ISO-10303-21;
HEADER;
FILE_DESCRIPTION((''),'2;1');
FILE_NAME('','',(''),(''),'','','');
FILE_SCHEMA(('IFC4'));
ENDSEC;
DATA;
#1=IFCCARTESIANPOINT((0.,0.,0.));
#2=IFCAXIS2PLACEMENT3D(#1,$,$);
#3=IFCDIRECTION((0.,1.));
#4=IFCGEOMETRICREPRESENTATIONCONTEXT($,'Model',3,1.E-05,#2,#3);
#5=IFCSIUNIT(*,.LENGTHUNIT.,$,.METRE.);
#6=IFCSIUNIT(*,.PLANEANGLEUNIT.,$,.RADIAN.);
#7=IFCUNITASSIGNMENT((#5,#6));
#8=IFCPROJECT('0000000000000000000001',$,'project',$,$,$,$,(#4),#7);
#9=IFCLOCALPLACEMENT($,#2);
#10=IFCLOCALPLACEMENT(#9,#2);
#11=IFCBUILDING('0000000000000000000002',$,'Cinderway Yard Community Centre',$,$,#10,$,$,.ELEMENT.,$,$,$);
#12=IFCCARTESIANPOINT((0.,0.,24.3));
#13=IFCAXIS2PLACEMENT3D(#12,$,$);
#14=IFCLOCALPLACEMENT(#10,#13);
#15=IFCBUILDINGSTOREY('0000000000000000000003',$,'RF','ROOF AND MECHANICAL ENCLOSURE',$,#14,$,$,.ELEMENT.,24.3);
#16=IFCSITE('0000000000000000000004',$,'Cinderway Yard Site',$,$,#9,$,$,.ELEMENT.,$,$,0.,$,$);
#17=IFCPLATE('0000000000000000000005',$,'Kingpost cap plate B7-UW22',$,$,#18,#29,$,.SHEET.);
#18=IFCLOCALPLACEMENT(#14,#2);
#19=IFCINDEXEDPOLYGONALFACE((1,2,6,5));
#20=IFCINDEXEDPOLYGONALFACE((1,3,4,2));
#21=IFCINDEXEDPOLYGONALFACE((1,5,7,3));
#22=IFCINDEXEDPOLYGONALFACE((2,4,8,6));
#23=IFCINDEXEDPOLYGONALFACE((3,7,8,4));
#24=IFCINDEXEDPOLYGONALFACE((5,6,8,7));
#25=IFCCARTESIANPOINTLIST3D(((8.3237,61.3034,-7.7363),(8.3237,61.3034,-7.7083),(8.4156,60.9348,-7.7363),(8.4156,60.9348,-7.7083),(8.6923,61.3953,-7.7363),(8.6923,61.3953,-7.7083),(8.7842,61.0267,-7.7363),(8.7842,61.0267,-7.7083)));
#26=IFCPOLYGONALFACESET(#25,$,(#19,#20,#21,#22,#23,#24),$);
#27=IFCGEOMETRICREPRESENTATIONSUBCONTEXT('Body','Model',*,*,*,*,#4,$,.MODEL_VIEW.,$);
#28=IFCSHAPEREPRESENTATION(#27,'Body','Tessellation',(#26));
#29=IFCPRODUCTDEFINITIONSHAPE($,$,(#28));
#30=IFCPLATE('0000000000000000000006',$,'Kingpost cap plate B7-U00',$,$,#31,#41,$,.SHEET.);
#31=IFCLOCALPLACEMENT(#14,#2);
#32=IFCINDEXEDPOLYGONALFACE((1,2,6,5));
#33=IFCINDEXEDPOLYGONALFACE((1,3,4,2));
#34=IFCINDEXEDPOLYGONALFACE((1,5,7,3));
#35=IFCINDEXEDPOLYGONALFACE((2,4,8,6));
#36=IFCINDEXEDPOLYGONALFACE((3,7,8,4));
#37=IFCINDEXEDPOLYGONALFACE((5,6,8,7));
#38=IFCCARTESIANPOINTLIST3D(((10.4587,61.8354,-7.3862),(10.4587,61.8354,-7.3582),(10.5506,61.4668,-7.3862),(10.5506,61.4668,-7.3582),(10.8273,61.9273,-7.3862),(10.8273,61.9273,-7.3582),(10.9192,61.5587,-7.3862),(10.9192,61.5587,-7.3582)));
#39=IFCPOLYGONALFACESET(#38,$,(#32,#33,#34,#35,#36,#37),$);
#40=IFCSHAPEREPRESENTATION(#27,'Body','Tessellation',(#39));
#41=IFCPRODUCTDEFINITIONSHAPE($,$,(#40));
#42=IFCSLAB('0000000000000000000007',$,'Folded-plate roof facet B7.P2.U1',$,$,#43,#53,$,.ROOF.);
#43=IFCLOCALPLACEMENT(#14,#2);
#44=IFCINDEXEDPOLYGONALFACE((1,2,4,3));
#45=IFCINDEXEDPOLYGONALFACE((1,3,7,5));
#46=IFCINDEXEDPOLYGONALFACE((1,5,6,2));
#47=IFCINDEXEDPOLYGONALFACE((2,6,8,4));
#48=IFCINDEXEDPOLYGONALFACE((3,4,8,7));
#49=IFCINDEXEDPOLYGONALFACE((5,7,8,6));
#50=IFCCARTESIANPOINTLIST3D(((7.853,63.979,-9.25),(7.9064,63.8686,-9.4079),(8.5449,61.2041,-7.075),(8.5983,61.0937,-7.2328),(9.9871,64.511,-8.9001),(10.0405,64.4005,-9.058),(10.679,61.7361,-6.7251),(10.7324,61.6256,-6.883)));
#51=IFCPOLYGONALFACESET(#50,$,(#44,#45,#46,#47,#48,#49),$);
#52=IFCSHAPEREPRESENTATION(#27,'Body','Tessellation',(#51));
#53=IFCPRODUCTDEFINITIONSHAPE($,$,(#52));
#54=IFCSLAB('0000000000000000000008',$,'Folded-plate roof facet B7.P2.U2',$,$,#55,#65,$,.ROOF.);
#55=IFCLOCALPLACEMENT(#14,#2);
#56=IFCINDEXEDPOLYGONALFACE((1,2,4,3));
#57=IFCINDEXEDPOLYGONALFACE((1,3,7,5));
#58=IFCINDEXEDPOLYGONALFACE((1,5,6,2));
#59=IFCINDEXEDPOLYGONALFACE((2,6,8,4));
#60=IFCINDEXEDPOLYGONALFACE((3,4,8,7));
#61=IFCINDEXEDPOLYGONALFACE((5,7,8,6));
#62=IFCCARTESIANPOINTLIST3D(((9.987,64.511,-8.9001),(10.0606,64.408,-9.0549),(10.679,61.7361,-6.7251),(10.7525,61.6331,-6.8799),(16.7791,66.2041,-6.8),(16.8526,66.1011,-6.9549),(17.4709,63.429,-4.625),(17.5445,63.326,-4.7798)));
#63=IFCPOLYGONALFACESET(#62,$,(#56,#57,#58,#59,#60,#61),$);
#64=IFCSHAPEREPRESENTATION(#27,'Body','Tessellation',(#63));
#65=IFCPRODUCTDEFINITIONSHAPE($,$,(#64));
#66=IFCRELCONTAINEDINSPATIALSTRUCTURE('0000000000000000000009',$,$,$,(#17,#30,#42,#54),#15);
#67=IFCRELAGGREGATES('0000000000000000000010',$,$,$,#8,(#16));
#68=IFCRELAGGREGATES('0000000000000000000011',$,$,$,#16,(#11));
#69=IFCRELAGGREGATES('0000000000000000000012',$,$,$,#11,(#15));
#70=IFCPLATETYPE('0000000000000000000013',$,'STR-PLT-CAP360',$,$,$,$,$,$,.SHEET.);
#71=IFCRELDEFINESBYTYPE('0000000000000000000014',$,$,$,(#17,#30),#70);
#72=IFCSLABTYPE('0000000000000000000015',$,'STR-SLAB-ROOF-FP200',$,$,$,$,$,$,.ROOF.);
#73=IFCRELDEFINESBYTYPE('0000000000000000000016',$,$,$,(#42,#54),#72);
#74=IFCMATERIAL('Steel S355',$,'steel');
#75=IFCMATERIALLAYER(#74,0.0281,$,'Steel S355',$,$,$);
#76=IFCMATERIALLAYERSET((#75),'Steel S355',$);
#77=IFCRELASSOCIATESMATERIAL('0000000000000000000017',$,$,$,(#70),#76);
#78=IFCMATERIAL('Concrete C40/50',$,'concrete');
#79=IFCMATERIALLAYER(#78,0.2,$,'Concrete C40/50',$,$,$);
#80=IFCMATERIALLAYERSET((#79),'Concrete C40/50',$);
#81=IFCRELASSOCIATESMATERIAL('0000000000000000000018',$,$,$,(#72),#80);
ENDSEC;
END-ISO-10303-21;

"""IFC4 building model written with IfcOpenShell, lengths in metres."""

from ifc_helpers import new_model, si_unit, direction, frame, origin, origin_2d, place, context, subcontext, project, spatial, polyline, rectangle, outline, extrude, material, layer, layer_set, type_object, element, save


model = new_model("IFC4")

# Units and contexts
model_context = context("Model", 3, precision=1e-05, world=origin(), true_north=direction((0.0, 1.0)))
body_context = subcontext(model_context, "Body", "Model", "MODEL_VIEW")
ifc_project = project(units=[si_unit("LENGTHUNIT", "METRE"), si_unit("PLANEANGLEUNIT", "RADIAN")], contexts=[model_context])

# Site, building, storey
site_placement = place(None, origin())
site = spatial("IfcSite", under=ifc_project, at=site_placement, Name="Cinderway Yard Site", CompositionType="ELEMENT", RefElevation=0.0)
building_placement = place(site_placement, origin())
building = spatial("IfcBuilding", under=site, at=building_placement, Name="Cinderway Yard Community Centre", CompositionType="ELEMENT")
storey_placement = place(building_placement, frame((0.0, 0.0, 24.3)))
storey = spatial("IfcBuildingStorey", under=building, at=storey_placement, Name="RF", Description="ROOF AND MECHANICAL ENCLOSURE", CompositionType="ELEMENT", Elevation=24.3)

# Shared definitions
ifc_material_1 = material(Name="Steel S355", Category="steel")

# Shared definitions
ifc_material_2 = material(Name="Concrete C40/50", Category="concrete")

# Plates
ifc_layer_1 = layer(ifc_material_1, 0.0281, Name="Steel S355")
ifc_layer_set_1 = layer_set([ifc_layer_1], Name="Steel S355")
plate_type_1 = type_object("IfcPlateType", Name="STR-PLT-CAP360", PredefinedType="SHEET", material=ifc_layer_set_1)
for number, where, z_axis, x_axis, name in (
    (1, (8.554, 61.165, -7.7363), (0.0, 0.0, 1.0), (0.970296, 0.241922, 0.0), "Kingpost cap plate B7-UW22"),
    (2, (10.689, 61.697, -7.3862), (0.0, 0.0, 1.0), (0.970296, 0.241922, 0.0), "Kingpost cap plate B7-U00"),
):
    element("IfcPlate", number, at=place(storey_placement, frame(where, z_axis=z_axis, x_axis=x_axis)), inside=storey, type_object=plate_type_1, Name=name, PredefinedType="SHEET", context=body_context, shape_type="SweptSolid", body=[
        extrude(rectangle(XDim=0.3799, YDim=0.3799, at=origin_2d()), origin(), (0.0, 0.0, 1.0), 0.0281),
    ])

# Slabs
ifc_layer_2 = layer(ifc_material_2, 0.2, Name="Concrete C40/50")
ifc_layer_set_2 = layer_set([ifc_layer_2], Name="Concrete C40/50")
slab_type = type_object("IfcSlabType", Name="STR-SLAB-ROOF-FP200", PredefinedType="ROOF", material=ifc_layer_set_2)
slab_1_placement = place(storey_placement, frame((8.5449, 61.2041, -7.075), z_axis=(-0.267146, 0.552342, 0.789652), x_axis=(0.958257, 0.238879, 0.157097)))
element("IfcSlab", 3, at=slab_1_placement, inside=storey, type_object=slab_type, Name="Folded-plate roof facet B7.P2.U1", PredefinedType="ROOF", context=body_context, shape_type="SweptSolid", body=[
    extrude(outline(polyline([(0.0, 0.0), (2.227, 0.0), (1.8852, 3.5767), (-0.3418, 3.5767), (0.0, 0.0)])), origin(), (0.0, 0.0, -1.0), 0.2),
])
slab_2_placement = place(storey_placement, frame((10.679, 61.7361, -6.7251), z_axis=(-0.367785, 0.515116, 0.774203), x_axis=(0.929384, 0.23165, 0.287375)))
element("IfcSlab", 4, at=slab_2_placement, inside=storey, type_object=slab_type, Name="Folded-plate roof facet B7.P2.U2", PredefinedType="ROOF", context=body_context, shape_type="SweptSolid", body=[
    extrude(outline(polyline([(0.0, 0.0), (7.308, 0.0), (6.6828, 3.5384), (-0.6253, 3.5382), (0.0, 0.0)])), origin(), (0.0, 0.0, -1.0), 0.2),
])

save(model, "model.ifc")
